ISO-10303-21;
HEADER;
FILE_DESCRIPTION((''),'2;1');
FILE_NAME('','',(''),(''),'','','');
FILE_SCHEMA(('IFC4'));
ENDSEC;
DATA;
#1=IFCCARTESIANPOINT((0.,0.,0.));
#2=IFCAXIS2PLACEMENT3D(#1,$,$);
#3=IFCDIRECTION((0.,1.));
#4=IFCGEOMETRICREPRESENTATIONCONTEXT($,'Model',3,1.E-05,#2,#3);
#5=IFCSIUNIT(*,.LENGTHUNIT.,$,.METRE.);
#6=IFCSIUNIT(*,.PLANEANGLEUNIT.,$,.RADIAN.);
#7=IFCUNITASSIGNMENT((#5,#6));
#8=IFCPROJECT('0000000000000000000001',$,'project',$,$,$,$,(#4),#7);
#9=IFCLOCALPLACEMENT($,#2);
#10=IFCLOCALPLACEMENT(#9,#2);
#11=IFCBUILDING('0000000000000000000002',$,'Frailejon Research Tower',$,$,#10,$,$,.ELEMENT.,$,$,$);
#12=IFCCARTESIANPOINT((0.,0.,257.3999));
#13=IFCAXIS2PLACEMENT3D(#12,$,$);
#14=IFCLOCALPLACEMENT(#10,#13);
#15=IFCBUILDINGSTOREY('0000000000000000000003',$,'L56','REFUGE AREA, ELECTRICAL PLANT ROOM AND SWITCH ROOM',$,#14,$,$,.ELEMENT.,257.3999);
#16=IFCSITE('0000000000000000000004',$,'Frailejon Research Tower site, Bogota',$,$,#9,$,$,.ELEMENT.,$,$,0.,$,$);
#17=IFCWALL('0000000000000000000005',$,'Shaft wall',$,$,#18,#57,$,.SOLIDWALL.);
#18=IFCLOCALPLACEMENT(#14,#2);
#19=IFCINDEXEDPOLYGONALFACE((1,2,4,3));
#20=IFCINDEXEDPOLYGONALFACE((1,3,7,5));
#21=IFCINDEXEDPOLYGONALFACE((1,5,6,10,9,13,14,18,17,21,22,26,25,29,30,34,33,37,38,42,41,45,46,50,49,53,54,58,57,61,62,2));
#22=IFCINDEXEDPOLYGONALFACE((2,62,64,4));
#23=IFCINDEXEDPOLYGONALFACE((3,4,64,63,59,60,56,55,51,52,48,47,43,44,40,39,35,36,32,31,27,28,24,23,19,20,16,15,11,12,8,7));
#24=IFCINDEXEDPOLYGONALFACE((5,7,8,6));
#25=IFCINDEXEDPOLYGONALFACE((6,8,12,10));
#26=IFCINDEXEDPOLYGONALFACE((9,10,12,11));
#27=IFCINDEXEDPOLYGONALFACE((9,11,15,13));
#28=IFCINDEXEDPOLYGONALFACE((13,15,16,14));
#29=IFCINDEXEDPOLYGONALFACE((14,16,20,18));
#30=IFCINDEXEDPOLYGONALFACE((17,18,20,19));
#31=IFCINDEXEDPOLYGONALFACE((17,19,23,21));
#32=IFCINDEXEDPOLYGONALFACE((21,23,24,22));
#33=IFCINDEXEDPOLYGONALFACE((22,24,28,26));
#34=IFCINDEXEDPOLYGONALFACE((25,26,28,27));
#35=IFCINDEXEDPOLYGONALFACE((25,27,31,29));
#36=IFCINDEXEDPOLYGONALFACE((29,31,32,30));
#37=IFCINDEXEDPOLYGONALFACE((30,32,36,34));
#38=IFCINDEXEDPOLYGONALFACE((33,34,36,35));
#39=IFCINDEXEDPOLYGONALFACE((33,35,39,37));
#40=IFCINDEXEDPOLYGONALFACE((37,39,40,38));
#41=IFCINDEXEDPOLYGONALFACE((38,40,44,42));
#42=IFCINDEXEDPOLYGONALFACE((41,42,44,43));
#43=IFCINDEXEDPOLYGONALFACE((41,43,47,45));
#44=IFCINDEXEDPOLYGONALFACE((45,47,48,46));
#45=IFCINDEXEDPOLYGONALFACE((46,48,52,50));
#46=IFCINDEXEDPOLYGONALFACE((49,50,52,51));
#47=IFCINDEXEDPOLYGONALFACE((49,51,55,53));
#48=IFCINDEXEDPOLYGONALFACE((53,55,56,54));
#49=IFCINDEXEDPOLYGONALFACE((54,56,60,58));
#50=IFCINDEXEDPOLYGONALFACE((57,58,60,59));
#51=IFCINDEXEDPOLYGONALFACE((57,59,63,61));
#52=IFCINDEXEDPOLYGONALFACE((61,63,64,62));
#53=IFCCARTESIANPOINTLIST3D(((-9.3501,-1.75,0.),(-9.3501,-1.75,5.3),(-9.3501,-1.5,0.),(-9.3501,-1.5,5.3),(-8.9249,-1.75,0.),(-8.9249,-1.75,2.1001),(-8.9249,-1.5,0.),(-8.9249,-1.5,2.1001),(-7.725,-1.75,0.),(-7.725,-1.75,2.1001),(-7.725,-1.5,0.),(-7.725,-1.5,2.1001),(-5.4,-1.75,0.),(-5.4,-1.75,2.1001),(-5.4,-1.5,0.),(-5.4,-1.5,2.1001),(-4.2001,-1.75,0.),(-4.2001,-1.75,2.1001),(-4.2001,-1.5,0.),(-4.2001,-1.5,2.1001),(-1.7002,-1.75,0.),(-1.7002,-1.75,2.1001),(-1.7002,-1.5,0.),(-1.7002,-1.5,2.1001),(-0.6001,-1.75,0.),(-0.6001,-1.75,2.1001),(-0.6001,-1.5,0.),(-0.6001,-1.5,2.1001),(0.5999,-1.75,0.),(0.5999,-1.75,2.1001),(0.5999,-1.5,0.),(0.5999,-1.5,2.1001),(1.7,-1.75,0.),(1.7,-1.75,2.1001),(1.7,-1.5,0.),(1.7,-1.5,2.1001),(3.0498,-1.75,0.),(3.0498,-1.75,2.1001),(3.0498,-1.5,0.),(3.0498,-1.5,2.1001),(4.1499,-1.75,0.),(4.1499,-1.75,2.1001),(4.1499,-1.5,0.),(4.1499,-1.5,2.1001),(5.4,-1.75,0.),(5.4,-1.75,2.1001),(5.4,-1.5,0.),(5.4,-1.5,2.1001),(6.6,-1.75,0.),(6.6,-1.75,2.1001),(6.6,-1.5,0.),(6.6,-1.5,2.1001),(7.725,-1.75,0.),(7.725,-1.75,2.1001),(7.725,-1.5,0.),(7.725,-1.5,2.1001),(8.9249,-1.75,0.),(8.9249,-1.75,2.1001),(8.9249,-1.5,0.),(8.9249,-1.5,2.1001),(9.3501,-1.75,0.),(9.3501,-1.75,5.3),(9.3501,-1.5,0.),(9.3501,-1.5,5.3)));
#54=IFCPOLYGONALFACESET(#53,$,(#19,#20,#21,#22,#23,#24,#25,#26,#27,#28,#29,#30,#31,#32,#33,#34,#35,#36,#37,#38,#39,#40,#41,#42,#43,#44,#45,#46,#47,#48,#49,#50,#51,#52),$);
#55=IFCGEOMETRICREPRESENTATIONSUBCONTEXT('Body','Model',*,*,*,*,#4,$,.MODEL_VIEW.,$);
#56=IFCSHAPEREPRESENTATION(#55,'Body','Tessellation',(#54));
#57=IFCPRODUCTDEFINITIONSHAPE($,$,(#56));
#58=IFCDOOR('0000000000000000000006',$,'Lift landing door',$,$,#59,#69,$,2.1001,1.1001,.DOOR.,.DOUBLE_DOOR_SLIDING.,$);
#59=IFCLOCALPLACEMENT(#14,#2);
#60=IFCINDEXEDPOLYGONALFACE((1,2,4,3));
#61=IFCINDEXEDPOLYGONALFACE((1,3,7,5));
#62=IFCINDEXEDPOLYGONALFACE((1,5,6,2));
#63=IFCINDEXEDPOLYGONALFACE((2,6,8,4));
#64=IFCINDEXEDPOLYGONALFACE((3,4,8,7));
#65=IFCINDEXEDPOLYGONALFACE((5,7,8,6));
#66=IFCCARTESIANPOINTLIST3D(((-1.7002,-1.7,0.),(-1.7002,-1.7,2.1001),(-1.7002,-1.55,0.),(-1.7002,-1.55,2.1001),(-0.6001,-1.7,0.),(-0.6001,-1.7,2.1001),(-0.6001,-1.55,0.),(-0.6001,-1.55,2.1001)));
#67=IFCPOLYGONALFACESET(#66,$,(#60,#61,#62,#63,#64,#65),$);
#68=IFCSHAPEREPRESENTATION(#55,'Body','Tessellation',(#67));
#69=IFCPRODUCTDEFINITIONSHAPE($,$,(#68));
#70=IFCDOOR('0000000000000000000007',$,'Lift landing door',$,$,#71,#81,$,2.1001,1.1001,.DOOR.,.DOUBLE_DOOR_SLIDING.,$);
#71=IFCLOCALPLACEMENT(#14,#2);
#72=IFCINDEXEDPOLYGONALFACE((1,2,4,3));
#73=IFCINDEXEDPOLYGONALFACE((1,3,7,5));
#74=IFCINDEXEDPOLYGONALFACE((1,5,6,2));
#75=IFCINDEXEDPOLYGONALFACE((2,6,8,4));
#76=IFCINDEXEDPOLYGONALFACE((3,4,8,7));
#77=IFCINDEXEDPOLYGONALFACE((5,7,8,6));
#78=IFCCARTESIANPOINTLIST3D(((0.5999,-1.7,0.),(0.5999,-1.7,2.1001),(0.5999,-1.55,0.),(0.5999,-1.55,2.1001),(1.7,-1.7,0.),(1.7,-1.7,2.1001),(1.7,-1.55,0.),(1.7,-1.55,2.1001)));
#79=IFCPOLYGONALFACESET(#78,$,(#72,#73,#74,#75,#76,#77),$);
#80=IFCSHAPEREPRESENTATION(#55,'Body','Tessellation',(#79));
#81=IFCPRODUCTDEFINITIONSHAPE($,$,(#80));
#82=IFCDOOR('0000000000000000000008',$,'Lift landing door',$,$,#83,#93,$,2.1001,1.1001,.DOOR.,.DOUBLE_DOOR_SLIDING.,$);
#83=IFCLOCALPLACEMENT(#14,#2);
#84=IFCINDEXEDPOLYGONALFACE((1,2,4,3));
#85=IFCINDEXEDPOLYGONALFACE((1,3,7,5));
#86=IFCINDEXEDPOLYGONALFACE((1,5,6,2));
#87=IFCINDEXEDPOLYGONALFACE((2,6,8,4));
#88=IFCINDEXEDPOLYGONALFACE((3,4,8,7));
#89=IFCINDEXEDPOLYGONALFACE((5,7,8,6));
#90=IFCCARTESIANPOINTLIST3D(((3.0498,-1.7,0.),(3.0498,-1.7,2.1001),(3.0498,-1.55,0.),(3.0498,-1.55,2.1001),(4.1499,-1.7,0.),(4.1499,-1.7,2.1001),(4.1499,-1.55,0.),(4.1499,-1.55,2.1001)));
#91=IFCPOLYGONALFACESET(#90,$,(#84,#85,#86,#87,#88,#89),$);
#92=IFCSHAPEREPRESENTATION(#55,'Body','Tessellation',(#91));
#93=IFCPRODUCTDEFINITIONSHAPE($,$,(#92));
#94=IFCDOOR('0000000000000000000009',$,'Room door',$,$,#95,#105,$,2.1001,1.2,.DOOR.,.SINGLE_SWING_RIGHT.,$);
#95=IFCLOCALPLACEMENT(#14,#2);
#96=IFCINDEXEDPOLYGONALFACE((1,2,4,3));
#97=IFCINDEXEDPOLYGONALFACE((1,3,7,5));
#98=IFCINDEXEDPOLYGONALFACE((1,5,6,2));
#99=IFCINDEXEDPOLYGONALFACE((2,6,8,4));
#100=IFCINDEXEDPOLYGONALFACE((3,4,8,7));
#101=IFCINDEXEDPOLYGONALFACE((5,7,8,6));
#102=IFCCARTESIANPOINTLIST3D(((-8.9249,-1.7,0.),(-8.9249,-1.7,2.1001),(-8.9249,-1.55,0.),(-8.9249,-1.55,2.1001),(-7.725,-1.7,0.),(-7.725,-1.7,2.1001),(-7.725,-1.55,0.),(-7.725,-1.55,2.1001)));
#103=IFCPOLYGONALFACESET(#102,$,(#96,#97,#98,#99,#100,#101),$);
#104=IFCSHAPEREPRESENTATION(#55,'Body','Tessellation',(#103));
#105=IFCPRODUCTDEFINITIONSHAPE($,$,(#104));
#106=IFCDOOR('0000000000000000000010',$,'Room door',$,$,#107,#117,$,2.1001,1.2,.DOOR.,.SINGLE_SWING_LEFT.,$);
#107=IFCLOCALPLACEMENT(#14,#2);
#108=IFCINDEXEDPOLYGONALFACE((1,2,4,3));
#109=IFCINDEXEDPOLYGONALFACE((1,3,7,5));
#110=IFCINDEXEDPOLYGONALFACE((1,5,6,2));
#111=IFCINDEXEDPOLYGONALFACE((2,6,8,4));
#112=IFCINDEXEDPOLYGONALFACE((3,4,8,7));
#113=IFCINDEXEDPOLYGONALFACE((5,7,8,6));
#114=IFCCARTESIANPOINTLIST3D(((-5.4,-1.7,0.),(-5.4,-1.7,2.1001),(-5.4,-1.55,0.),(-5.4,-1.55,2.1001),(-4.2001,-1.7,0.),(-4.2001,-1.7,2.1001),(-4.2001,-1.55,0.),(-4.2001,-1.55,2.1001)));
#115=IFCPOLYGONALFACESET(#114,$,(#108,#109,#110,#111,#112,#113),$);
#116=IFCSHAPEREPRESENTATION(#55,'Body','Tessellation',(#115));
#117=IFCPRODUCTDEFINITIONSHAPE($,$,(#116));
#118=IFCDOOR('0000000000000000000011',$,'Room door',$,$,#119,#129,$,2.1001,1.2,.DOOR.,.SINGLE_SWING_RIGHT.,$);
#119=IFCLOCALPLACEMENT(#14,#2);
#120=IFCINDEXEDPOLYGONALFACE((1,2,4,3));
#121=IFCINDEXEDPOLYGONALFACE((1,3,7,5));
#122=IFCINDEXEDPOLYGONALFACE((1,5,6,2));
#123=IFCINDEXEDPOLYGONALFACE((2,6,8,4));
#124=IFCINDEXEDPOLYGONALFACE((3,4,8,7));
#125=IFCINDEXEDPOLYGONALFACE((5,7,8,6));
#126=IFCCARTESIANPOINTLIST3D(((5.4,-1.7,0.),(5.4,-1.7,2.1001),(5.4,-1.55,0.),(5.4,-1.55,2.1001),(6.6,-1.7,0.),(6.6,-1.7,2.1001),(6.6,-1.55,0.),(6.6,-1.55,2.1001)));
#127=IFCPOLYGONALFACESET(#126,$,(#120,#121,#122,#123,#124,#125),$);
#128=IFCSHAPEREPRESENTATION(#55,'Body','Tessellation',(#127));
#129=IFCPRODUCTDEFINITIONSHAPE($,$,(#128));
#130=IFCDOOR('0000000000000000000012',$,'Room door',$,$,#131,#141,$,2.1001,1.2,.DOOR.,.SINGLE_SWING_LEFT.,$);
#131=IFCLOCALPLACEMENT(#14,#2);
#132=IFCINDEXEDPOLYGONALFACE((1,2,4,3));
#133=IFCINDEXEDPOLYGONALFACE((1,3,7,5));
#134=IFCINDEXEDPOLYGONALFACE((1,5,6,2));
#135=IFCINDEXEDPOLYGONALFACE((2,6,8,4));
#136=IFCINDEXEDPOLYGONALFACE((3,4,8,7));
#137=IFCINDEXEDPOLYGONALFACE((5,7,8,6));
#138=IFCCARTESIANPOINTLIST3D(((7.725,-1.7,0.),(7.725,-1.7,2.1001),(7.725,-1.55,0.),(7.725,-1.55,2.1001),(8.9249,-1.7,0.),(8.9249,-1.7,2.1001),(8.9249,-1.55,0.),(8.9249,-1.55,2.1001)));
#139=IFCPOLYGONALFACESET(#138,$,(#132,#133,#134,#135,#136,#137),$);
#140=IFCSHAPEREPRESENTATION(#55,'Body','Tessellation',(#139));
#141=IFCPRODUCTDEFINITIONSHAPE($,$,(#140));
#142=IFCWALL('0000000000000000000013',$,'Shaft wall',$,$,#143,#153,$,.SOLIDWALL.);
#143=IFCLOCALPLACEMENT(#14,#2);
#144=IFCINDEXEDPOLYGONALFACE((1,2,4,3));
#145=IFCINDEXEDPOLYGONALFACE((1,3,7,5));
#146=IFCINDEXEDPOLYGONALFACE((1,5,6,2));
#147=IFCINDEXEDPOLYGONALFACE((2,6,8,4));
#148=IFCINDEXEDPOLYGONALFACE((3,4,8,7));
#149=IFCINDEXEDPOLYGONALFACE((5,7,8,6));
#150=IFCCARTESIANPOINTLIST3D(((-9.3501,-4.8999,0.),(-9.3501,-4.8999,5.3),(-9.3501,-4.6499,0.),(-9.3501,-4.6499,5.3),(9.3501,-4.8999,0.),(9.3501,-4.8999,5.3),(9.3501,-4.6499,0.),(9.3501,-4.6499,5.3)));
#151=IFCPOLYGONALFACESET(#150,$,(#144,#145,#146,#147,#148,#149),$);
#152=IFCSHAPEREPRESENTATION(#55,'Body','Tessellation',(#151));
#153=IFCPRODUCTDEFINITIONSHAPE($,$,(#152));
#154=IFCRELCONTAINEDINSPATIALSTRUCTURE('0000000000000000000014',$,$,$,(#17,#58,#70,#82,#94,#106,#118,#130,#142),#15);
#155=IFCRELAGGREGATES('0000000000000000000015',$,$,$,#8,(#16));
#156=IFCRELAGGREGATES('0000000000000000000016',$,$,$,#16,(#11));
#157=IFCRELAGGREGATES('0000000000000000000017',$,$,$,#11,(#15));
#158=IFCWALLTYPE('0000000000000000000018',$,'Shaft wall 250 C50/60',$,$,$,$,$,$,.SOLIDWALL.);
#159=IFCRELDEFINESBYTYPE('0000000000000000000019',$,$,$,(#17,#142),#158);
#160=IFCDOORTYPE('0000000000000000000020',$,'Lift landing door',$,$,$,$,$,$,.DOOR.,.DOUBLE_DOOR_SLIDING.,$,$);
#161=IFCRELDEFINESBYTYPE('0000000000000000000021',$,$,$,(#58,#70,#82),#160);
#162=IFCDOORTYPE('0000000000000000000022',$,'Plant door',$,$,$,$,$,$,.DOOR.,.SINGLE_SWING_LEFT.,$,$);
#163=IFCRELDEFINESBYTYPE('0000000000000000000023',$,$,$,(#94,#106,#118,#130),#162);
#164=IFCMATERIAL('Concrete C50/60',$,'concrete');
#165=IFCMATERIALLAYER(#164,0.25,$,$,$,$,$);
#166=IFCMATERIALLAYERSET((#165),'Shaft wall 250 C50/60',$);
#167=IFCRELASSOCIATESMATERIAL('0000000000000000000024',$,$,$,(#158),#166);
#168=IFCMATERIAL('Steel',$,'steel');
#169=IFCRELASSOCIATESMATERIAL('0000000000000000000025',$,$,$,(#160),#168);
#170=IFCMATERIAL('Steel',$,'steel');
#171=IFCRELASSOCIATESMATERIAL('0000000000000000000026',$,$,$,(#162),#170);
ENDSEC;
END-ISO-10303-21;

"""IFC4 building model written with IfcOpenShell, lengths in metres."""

from ifc_helpers import new_model, si_unit, direction, frame, frame_2d, origin, place, context, subcontext, project, spatial, rectangle, extrude, material, layer, layer_set, type_object, element, fill, save


model = new_model("IFC4")

# Units and contexts
model_context = context("Model", 3, precision=1e-05, world=origin(), true_north=direction((0.0, 1.0)))
body_context = subcontext(model_context, "Body", "Model", "MODEL_VIEW")
ifc_project = project(units=[si_unit("LENGTHUNIT", "METRE"), si_unit("PLANEANGLEUNIT", "RADIAN")], contexts=[model_context])

# Site, building, storey
site_placement = place(None, origin())
site = spatial("IfcSite", under=ifc_project, at=site_placement, Name="Frailejon Research Tower site, Bogota", CompositionType="ELEMENT", RefElevation=0.0)
building_placement = place(site_placement, origin())
building = spatial("IfcBuilding", under=site, at=building_placement, Name="Frailejon Research Tower", CompositionType="ELEMENT")
storey_placement = place(building_placement, frame((0.0, 0.0, 257.3999)))
storey = spatial("IfcBuildingStorey", under=building, at=storey_placement, Name="L56", Description="REFUGE AREA, ELECTRICAL PLANT ROOM AND SWITCH ROOM", CompositionType="ELEMENT", Elevation=257.3999)

# Wall, openings, doors
ifc_material_1 = material(Name="Concrete C50/60", Category="concrete")
ifc_layer_1 = layer(ifc_material_1, 0.25)
ifc_layer_set_1 = layer_set([ifc_layer_1], Name="Shaft wall 250 C50/60")
wall_type_1 = type_object("IfcWallType", Name="Shaft wall 250 C50/60", PredefinedType="SOLIDWALL", material=ifc_layer_set_1)
wall_1_placement = place(storey_placement, frame((-9.3501, -1.625, 0.0), z_axis=(0.0, 0.0, 1.0), x_axis=(1.0, 0.0, 0.0)))
wall_1 = element("IfcWall", 1, at=wall_1_placement, inside=storey, type_object=wall_type_1, Name="Shaft wall", PredefinedType="SOLIDWALL", context=body_context, shape_type="SweptSolid", body=[
    extrude(rectangle(XDim=18.7002, YDim=0.25, at=frame_2d((9.3501, 0.0))), origin(), (0.0, 0.0, 1.0), 5.3),
])
opening_1_placement = place(wall_1_placement, frame((7.6499, 0.0, 0.0)))
opening_1 = element("IfcOpeningElement", 2, at=opening_1_placement, cuts=wall_1, PredefinedType="OPENING", context=body_context, shape_type="SweptSolid", body=[
    extrude(rectangle(XDim=1.1001, YDim=2.1001, at=frame_2d((0.55, 1.05))), frame((0.0, 0.135, 0.0), z_axis=(0.0, -1.0, 0.0), x_axis=(1.0, 0.0, 0.0)), (0.0, 0.0, 1.0), 0.27),
])
opening_2_placement = place(wall_1_placement, frame((9.95, 0.0, 0.0)))
opening_2 = element("IfcOpeningElement", 3, at=opening_2_placement, cuts=wall_1, PredefinedType="OPENING", context=body_context, shape_type="SweptSolid", body=[
    extrude(rectangle(XDim=1.1001, YDim=2.1001, at=frame_2d((0.55, 1.05))), frame((0.0, 0.135, 0.0), z_axis=(0.0, -1.0, 0.0), x_axis=(1.0, 0.0, 0.0)), (0.0, 0.0, 1.0), 0.27),
])
opening_3_placement = place(wall_1_placement, frame((12.3999, 0.0, 0.0)))
opening_3 = element("IfcOpeningElement", 4, at=opening_3_placement, cuts=wall_1, PredefinedType="OPENING", context=body_context, shape_type="SweptSolid", body=[
    extrude(rectangle(XDim=1.1001, YDim=2.1001, at=frame_2d((0.55, 1.05))), frame((0.0, 0.135, 0.0), z_axis=(0.0, -1.0, 0.0), x_axis=(1.0, 0.0, 0.0)), (0.0, 0.0, 1.0), 0.27),
])
opening_4_placement = place(wall_1_placement, frame((0.425, 0.0, 0.0)))
opening_4 = element("IfcOpeningElement", 5, at=opening_4_placement, cuts=wall_1, PredefinedType="OPENING", context=body_context, shape_type="SweptSolid", body=[
    extrude(rectangle(XDim=1.2, YDim=2.1001, at=frame_2d((0.6001, 1.05))), frame((0.0, 0.135, 0.0), z_axis=(0.0, -1.0, 0.0), x_axis=(1.0, 0.0, 0.0)), (0.0, 0.0, 1.0), 0.27),
])
opening_5_placement = place(wall_1_placement, frame((3.95, 0.0, 0.0)))
opening_5 = element("IfcOpeningElement", 6, at=opening_5_placement, cuts=wall_1, PredefinedType="OPENING", context=body_context, shape_type="SweptSolid", body=[
    extrude(rectangle(XDim=1.2, YDim=2.1001, at=frame_2d((0.6001, 1.05))), frame((0.0, 0.135, 0.0), z_axis=(0.0, -1.0, 0.0), x_axis=(1.0, 0.0, 0.0)), (0.0, 0.0, 1.0), 0.27),
])
opening_6_placement = place(wall_1_placement, frame((14.75, 0.0, 0.0)))
opening_6 = element("IfcOpeningElement", 7, at=opening_6_placement, cuts=wall_1, PredefinedType="OPENING", context=body_context, shape_type="SweptSolid", body=[
    extrude(rectangle(XDim=1.2, YDim=2.1001, at=frame_2d((0.6001, 1.05))), frame((0.0, 0.135, 0.0), z_axis=(0.0, -1.0, 0.0), x_axis=(1.0, 0.0, 0.0)), (0.0, 0.0, 1.0), 0.27),
])
opening_7_placement = place(wall_1_placement, frame((17.075, 0.0, 0.0)))
opening_7 = element("IfcOpeningElement", 8, at=opening_7_placement, cuts=wall_1, PredefinedType="OPENING", context=body_context, shape_type="SweptSolid", body=[
    extrude(rectangle(XDim=1.2, YDim=2.1001, at=frame_2d((0.6001, 1.05))), frame((0.0, 0.135, 0.0), z_axis=(0.0, -1.0, 0.0), x_axis=(1.0, 0.0, 0.0)), (0.0, 0.0, 1.0), 0.27),
])
ifc_material_2 = material(Name="Steel", Category="steel")
door_type_1 = type_object("IfcDoorType", Name="Lift landing door", OperationType="DOUBLE_DOOR_SLIDING", PredefinedType="DOOR", material=ifc_material_2)
door_1_placement = place(opening_1_placement, origin())
door_1 = element("IfcDoor", 9, at=door_1_placement, inside=storey, type_object=door_type_1, Name="Lift landing door", OperationType="DOUBLE_DOOR_SLIDING", OverallHeight=2.1001, OverallWidth=1.1001, PredefinedType="DOOR", context=body_context, shape_type="SweptSolid", body=[
    extrude(rectangle(XDim=1.1001, YDim=2.1001, at=frame_2d((0.55, 1.05))), frame((0.0, 0.075, 0.0), z_axis=(0.0, -1.0, 0.0), x_axis=(1.0, 0.0, 0.0)), (0.0, 0.0, 1.0), 0.1499),
])
fill(opening_1, door_1)
door_2_placement = place(opening_2_placement, origin())
door_2 = element("IfcDoor", 10, at=door_2_placement, inside=storey, type_object=door_type_1, Name="Lift landing door", OperationType="DOUBLE_DOOR_SLIDING", OverallHeight=2.1001, OverallWidth=1.1001, PredefinedType="DOOR", context=body_context, shape_type="SweptSolid", body=[
    extrude(rectangle(XDim=1.1001, YDim=2.1001, at=frame_2d((0.55, 1.05))), frame((0.0, 0.075, 0.0), z_axis=(0.0, -1.0, 0.0), x_axis=(1.0, 0.0, 0.0)), (0.0, 0.0, 1.0), 0.1499),
])
fill(opening_2, door_2)
door_3_placement = place(opening_3_placement, origin())
door_3 = element("IfcDoor", 11, at=door_3_placement, inside=storey, type_object=door_type_1, Name="Lift landing door", OperationType="DOUBLE_DOOR_SLIDING", OverallHeight=2.1001, OverallWidth=1.1001, PredefinedType="DOOR", context=body_context, shape_type="SweptSolid", body=[
    extrude(rectangle(XDim=1.1001, YDim=2.1001, at=frame_2d((0.55, 1.05))), frame((0.0, 0.075, 0.0), z_axis=(0.0, -1.0, 0.0), x_axis=(1.0, 0.0, 0.0)), (0.0, 0.0, 1.0), 0.1499),
])
fill(opening_3, door_3)
ifc_material_3 = material(Name="Steel", Category="steel")
door_type_2 = type_object("IfcDoorType", Name="Plant door", OperationType="SINGLE_SWING_LEFT", PredefinedType="DOOR", material=ifc_material_3)
door_4_placement = place(opening_4_placement, origin())
door_4 = element("IfcDoor", 12, at=door_4_placement, inside=storey, type_object=door_type_2, Name="Room door", OperationType="SINGLE_SWING_RIGHT", OverallHeight=2.1001, OverallWidth=1.2, PredefinedType="DOOR", context=body_context, shape_type="SweptSolid", body=[
    extrude(rectangle(XDim=1.2, YDim=2.1001, at=frame_2d((0.6001, 1.05))), frame((0.0, 0.075, 0.0), z_axis=(0.0, -1.0, 0.0), x_axis=(1.0, 0.0, 0.0)), (0.0, 0.0, 1.0), 0.1499),
])
fill(opening_4, door_4)
door_5_placement = place(opening_5_placement, origin())
door_5 = element("IfcDoor", 13, at=door_5_placement, inside=storey, type_object=door_type_2, Name="Room door", OperationType="SINGLE_SWING_LEFT", OverallHeight=2.1001, OverallWidth=1.2, PredefinedType="DOOR", context=body_context, shape_type="SweptSolid", body=[
    extrude(rectangle(XDim=1.2, YDim=2.1001, at=frame_2d((0.6001, 1.05))), frame((0.0, 0.075, 0.0), z_axis=(0.0, -1.0, 0.0), x_axis=(1.0, 0.0, 0.0)), (0.0, 0.0, 1.0), 0.1499),
])
fill(opening_5, door_5)
door_6_placement = place(opening_6_placement, origin())
door_6 = element("IfcDoor", 14, at=door_6_placement, inside=storey, type_object=door_type_2, Name="Room door", OperationType="SINGLE_SWING_RIGHT", OverallHeight=2.1001, OverallWidth=1.2, PredefinedType="DOOR", context=body_context, shape_type="SweptSolid", body=[
    extrude(rectangle(XDim=1.2, YDim=2.1001, at=frame_2d((0.6001, 1.05))), frame((0.0, 0.075, 0.0), z_axis=(0.0, -1.0, 0.0), x_axis=(1.0, 0.0, 0.0)), (0.0, 0.0, 1.0), 0.1499),
])
fill(opening_6, door_6)
door_7_placement = place(opening_7_placement, origin())
door_7 = element("IfcDoor", 15, at=door_7_placement, inside=storey, type_object=door_type_2, Name="Room door", OperationType="SINGLE_SWING_LEFT", OverallHeight=2.1001, OverallWidth=1.2, PredefinedType="DOOR", context=body_context, shape_type="SweptSolid", body=[
    extrude(rectangle(XDim=1.2, YDim=2.1001, at=frame_2d((0.6001, 1.05))), frame((0.0, 0.075, 0.0), z_axis=(0.0, -1.0, 0.0), x_axis=(1.0, 0.0, 0.0)), (0.0, 0.0, 1.0), 0.1499),
])
fill(opening_7, door_7)

# Wall
wall_2_placement = place(storey_placement, frame((-9.3501, -4.7749, 0.0), z_axis=(0.0, 0.0, 1.0), x_axis=(1.0, 0.0, 0.0)))
element("IfcWall", 16, at=wall_2_placement, inside=storey, type_object=wall_type_1, Name="Shaft wall", PredefinedType="SOLIDWALL", context=body_context, shape_type="SweptSolid", body=[
    extrude(rectangle(XDim=18.7002, YDim=0.25, at=frame_2d((9.3501, 0.0))), origin(), (0.0, 0.0, 1.0), 5.3),
])

save(model, "model.ifc")
